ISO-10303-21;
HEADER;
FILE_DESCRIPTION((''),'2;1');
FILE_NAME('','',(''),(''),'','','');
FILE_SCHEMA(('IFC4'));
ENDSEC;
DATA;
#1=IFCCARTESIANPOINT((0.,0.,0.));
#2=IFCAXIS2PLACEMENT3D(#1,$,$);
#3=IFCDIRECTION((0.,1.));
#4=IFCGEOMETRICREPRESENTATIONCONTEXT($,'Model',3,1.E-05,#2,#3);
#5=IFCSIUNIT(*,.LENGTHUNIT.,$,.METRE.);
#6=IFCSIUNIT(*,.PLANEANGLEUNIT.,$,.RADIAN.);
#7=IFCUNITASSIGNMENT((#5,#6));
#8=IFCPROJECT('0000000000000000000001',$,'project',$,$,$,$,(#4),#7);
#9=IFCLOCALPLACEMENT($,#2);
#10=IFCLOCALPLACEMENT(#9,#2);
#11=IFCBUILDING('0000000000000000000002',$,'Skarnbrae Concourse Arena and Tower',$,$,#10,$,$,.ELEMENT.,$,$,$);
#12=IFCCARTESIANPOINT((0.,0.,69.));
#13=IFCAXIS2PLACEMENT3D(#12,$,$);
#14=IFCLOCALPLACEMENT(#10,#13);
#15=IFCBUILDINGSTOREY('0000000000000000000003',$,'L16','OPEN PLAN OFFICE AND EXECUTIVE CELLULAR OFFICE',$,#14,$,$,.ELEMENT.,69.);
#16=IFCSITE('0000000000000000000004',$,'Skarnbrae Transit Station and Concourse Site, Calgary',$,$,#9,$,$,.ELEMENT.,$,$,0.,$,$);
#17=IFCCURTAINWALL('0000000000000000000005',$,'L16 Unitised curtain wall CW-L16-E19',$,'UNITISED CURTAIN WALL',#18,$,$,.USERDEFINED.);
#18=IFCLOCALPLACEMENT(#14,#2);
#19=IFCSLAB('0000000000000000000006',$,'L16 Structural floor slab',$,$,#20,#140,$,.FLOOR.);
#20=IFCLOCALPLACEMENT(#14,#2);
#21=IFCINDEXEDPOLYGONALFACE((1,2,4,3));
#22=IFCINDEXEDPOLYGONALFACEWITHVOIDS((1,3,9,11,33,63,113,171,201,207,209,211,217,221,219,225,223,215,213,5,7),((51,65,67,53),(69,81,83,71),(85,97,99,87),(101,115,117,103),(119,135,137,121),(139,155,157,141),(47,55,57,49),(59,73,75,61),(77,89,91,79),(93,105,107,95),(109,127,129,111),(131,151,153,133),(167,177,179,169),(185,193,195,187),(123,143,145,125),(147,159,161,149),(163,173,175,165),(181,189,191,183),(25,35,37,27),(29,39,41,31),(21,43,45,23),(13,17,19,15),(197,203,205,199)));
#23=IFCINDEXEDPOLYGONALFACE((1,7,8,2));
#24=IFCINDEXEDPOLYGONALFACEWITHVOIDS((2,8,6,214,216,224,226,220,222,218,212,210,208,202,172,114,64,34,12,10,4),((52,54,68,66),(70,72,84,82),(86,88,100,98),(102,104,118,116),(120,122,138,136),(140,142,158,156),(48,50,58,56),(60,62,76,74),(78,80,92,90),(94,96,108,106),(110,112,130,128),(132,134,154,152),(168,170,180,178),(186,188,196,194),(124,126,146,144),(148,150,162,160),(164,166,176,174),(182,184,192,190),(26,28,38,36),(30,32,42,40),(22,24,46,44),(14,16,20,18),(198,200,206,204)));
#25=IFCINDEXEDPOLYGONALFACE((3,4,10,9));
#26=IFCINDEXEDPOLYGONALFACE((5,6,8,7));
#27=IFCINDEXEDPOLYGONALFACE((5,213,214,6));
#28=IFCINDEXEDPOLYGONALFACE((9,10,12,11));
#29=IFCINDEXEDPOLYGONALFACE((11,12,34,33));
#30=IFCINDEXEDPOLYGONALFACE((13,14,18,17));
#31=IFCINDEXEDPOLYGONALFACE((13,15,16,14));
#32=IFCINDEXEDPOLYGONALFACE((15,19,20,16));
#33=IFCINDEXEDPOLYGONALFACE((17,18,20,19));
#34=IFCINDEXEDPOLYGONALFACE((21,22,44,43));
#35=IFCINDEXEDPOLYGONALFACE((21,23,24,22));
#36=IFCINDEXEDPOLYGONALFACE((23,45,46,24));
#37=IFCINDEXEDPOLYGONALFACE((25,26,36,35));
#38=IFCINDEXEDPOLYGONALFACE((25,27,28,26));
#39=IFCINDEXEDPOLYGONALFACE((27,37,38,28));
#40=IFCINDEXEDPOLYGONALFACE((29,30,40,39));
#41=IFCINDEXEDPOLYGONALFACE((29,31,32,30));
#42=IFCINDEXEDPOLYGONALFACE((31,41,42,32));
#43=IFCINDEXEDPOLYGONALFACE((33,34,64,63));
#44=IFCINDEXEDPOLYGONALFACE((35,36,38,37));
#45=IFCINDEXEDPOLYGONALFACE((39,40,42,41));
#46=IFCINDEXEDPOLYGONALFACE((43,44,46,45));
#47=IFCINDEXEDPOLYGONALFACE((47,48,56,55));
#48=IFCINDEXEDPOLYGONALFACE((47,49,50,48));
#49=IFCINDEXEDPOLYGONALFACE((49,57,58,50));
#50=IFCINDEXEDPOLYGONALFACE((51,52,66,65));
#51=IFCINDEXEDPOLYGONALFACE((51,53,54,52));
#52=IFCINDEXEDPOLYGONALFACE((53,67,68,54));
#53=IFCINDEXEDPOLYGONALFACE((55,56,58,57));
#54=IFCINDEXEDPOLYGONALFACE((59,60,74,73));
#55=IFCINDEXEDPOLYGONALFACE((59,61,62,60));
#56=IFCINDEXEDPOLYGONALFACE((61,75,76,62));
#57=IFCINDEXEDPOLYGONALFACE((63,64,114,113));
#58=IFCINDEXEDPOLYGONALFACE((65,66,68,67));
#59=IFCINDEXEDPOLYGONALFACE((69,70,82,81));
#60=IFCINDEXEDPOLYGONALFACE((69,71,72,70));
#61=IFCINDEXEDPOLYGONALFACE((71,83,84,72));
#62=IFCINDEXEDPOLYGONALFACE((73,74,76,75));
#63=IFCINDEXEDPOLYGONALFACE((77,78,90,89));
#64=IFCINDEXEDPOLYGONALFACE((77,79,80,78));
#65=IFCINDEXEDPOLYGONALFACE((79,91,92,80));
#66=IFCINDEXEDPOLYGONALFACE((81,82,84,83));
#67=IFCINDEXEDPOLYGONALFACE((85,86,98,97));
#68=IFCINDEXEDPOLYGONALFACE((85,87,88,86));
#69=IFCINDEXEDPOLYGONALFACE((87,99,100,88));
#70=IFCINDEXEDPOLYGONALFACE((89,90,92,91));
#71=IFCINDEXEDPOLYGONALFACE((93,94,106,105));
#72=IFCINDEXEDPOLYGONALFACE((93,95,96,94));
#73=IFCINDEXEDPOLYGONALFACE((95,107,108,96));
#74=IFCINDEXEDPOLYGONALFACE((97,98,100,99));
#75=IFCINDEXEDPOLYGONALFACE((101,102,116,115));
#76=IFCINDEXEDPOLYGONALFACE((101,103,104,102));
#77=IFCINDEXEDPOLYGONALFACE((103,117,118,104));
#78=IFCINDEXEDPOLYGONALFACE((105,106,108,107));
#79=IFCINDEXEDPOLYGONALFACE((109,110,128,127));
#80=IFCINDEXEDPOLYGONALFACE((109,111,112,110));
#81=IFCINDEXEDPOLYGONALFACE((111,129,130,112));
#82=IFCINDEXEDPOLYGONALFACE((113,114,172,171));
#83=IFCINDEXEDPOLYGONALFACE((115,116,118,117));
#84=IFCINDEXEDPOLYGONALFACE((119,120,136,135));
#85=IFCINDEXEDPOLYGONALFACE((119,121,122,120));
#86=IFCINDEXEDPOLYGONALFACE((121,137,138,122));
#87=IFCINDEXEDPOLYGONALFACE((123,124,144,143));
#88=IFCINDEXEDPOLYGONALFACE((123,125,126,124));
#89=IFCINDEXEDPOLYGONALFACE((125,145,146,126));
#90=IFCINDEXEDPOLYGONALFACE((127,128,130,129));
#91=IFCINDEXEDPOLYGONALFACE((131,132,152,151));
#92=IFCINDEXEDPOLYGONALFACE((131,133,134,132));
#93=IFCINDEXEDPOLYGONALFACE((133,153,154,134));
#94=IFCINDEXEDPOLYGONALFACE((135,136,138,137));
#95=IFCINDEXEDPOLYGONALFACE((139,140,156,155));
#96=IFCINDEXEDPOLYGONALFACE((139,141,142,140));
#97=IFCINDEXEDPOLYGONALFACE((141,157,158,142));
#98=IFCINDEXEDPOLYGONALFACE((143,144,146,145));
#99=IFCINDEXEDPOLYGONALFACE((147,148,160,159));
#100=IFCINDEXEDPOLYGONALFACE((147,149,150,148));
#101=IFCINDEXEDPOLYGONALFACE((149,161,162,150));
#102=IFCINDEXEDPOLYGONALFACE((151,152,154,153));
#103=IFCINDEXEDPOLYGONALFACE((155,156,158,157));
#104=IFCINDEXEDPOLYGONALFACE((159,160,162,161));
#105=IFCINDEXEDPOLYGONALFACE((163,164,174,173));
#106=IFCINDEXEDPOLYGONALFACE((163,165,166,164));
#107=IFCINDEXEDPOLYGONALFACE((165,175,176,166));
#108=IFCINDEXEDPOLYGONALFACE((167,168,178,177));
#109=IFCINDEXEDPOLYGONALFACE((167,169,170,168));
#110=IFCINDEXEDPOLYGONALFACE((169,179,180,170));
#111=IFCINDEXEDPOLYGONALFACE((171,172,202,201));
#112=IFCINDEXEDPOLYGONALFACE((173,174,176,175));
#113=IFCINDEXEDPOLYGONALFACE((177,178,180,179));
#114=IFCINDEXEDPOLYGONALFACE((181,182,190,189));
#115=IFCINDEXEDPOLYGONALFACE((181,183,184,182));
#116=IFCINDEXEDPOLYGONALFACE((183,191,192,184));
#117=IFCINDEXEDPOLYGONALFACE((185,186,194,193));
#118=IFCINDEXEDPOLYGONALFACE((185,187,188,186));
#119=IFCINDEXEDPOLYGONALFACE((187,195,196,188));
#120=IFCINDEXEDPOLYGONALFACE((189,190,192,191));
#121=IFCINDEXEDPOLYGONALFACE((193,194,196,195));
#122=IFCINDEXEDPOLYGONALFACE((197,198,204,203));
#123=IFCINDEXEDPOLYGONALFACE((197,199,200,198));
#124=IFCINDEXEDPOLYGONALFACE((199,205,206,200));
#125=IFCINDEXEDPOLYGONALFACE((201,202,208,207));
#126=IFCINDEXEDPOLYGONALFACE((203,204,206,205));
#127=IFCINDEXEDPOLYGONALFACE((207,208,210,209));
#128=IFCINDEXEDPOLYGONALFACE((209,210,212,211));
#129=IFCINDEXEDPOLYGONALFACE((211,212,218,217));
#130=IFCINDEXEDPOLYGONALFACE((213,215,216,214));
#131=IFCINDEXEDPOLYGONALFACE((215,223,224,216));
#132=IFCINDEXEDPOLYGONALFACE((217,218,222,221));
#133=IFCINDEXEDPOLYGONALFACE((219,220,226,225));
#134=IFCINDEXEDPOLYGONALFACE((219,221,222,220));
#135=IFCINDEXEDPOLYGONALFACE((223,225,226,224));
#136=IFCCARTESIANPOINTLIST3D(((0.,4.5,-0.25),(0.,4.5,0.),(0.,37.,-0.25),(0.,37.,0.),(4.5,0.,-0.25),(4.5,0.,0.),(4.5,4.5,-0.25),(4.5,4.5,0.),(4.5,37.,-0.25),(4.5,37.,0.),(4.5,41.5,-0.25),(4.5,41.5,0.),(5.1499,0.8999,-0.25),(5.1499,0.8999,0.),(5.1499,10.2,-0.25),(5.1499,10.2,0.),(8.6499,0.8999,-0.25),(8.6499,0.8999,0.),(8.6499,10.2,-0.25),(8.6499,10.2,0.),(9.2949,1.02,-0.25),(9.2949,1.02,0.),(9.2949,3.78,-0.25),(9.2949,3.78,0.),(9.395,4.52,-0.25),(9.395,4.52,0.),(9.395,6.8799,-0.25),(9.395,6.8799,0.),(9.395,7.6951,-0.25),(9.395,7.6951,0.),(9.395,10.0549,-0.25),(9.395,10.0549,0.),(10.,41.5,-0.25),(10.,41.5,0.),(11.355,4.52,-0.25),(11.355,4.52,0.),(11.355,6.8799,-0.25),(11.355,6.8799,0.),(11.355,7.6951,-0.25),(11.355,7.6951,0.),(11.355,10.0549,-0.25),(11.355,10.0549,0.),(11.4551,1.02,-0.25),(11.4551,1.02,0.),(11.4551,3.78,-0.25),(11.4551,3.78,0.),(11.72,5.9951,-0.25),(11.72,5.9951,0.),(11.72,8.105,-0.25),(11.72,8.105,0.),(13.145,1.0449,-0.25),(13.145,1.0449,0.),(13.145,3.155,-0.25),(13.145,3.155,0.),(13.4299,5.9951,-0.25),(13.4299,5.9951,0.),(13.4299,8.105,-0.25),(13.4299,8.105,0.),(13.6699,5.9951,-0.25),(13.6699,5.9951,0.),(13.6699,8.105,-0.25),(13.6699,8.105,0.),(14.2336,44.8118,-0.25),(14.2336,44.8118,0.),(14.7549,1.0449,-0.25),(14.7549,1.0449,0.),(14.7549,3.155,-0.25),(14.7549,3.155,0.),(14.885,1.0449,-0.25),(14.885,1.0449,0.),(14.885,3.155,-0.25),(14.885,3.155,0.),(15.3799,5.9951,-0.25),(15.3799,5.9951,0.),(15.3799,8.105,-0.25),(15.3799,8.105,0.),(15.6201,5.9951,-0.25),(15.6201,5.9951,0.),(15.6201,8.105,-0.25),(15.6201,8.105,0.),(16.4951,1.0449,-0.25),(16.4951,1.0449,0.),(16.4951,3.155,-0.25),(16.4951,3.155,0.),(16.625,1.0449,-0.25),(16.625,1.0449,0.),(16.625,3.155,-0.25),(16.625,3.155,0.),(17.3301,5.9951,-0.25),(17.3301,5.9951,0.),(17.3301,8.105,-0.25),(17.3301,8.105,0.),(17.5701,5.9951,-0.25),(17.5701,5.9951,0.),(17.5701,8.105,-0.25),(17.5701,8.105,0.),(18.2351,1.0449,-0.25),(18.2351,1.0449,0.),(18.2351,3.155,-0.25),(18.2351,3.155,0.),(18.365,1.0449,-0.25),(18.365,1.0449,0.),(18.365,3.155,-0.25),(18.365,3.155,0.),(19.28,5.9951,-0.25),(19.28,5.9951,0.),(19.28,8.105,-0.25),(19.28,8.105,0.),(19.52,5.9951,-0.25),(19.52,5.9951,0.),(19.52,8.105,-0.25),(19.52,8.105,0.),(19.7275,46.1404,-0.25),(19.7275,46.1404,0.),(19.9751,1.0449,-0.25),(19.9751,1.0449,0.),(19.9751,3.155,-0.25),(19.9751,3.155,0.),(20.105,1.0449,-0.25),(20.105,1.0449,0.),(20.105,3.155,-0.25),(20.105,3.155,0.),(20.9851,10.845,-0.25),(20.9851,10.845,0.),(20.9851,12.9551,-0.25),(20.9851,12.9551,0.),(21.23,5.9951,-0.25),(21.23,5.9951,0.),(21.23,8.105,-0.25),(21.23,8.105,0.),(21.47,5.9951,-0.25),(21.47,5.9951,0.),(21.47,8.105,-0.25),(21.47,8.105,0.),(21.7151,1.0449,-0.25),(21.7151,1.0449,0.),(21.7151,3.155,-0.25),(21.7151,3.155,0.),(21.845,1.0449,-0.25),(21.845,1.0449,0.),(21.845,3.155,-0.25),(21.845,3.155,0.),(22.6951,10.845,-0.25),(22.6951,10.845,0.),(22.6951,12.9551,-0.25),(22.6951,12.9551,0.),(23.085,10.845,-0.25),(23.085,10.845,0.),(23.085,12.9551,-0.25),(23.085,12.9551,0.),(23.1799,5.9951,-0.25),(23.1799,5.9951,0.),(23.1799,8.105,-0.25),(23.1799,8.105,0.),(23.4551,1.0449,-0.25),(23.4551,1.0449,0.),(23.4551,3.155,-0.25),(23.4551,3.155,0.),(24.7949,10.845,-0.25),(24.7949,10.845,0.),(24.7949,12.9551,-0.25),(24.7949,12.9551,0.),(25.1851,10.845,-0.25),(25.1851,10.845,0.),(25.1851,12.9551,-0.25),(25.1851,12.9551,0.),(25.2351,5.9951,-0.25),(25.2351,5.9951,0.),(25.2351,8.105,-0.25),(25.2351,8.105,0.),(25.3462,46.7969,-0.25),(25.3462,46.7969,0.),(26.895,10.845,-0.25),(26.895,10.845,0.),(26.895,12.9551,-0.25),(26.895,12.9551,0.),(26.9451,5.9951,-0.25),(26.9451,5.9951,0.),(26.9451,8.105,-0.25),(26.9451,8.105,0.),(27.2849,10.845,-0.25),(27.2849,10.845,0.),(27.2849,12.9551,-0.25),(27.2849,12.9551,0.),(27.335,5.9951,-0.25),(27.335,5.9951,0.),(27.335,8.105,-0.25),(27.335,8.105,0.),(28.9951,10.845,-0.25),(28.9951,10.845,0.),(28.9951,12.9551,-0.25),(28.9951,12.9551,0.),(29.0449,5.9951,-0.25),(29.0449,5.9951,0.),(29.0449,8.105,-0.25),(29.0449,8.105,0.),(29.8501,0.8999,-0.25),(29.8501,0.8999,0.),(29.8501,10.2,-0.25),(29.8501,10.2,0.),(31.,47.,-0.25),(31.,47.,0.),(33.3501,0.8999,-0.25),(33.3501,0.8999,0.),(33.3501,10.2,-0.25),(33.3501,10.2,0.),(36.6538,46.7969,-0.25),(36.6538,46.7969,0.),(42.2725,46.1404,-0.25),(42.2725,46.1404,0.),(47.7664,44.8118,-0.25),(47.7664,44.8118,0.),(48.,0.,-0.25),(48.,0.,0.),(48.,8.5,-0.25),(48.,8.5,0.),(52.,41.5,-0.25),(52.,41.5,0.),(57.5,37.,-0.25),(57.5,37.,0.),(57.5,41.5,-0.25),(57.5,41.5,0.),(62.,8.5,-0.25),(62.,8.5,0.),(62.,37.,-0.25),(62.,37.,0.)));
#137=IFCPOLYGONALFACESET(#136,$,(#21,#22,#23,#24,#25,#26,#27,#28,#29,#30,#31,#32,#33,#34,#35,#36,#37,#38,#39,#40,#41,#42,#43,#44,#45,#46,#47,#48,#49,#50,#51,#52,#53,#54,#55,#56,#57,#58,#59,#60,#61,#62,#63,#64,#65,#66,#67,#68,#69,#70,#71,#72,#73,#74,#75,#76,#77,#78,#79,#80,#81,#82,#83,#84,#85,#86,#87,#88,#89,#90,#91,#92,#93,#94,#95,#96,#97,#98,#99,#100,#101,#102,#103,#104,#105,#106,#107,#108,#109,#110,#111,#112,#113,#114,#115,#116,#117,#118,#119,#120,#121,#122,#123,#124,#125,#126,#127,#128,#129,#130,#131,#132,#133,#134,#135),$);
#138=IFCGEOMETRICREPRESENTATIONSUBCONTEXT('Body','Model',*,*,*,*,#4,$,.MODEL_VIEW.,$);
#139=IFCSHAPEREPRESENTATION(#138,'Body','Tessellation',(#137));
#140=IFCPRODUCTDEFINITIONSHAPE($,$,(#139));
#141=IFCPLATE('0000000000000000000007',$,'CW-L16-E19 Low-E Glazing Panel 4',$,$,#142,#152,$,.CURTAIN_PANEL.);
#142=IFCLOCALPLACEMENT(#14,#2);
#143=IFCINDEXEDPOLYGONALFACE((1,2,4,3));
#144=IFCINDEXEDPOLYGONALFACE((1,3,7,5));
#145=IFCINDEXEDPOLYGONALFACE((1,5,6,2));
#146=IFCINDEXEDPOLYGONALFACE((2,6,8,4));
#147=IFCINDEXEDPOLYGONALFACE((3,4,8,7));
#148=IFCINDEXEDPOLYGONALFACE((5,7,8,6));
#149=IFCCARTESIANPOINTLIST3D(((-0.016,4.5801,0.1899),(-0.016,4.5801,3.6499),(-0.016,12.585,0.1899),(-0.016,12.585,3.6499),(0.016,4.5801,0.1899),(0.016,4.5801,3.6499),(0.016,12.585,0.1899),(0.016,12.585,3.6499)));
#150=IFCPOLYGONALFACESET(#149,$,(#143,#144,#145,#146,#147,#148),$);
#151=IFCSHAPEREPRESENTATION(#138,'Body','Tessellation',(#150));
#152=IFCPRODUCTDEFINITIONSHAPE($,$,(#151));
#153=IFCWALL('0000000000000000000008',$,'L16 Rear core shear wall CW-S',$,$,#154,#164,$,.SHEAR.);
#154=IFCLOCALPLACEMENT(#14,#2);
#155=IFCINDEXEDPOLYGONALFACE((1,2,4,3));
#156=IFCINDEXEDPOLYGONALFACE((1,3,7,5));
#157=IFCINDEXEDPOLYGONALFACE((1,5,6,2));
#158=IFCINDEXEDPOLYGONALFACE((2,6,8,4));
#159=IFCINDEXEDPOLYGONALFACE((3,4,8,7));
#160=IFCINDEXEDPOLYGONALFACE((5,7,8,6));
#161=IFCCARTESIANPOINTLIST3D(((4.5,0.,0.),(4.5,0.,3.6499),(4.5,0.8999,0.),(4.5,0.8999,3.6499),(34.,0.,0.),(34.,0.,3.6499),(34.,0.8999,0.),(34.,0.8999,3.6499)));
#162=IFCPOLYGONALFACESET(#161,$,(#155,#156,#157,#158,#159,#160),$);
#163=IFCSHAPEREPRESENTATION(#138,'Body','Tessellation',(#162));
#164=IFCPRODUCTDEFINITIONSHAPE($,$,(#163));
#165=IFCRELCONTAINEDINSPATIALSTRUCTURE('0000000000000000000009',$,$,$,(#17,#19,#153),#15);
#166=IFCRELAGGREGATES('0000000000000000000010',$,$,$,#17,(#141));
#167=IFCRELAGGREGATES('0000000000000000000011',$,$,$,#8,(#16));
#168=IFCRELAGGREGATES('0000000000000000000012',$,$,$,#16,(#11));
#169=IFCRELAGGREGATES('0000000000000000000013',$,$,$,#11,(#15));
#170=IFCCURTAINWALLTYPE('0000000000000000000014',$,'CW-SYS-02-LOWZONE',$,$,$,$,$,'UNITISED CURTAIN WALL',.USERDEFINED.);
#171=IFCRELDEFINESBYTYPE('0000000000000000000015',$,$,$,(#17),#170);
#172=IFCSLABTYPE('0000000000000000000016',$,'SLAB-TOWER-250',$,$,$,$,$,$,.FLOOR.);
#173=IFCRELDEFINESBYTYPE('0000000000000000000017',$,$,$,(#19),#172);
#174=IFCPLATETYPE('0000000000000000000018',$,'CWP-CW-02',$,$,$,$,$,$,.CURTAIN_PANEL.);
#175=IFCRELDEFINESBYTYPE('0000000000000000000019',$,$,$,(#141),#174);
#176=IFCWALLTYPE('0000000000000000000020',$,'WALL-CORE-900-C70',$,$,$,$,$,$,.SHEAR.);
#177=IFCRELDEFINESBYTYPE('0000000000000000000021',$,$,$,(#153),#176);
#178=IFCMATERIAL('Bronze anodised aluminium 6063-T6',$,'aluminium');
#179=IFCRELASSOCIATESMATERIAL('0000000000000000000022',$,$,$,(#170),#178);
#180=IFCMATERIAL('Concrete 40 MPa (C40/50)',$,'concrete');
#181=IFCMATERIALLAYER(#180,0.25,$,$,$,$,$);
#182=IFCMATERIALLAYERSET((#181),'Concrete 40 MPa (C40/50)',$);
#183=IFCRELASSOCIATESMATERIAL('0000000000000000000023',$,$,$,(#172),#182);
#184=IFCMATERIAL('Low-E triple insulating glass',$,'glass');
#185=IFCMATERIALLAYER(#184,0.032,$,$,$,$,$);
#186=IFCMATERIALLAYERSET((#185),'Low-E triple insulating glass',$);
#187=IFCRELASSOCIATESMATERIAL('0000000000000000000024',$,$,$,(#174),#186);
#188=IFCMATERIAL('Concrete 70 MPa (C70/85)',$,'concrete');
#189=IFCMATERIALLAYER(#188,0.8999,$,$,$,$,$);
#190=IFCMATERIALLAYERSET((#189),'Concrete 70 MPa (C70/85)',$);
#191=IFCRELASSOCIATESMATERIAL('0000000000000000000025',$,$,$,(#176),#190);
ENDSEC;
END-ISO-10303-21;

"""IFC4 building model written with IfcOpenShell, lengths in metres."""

from ifc_helpers import new_model, si_unit, direction, frame, frame_2d, origin, origin_2d, place, context, subcontext, project, spatial, polyline, rectangle, outline, extrude, source, transform, mapped, material, layer, layer_set, type_object, element, aggregate, save


model = new_model("IFC4")

# Units and contexts
model_context = context("Model", 3, precision=1e-05, world=origin(), true_north=direction((0.0, 1.0)))
body_context = subcontext(model_context, "Body", "Model", "MODEL_VIEW")
ifc_project = project(units=[si_unit("LENGTHUNIT", "METRE"), si_unit("PLANEANGLEUNIT", "RADIAN")], contexts=[model_context])

# Site, building, storey
site_placement = place(None, origin())
site = spatial("IfcSite", under=ifc_project, at=site_placement, Name="Skarnbrae Transit Station and Concourse Site, Calgary", CompositionType="ELEMENT", RefElevation=0.0)
building_placement = place(site_placement, origin())
building = spatial("IfcBuilding", under=site, at=building_placement, Name="Skarnbrae Concourse Arena and Tower", CompositionType="ELEMENT")
storey_placement = place(building_placement, frame((0.0, 0.0, 69.0)))
storey = spatial("IfcBuildingStorey", under=building, at=storey_placement, Name="L16", Description="OPEN PLAN OFFICE AND EXECUTIVE CELLULAR OFFICE", CompositionType="ELEMENT", Elevation=69.0)

# Curtain wall
ifc_material_1 = material(Name="Bronze anodised aluminium 6063-T6", Category="aluminium")
curtain_wall_type = type_object("IfcCurtainWallType", Name="CW-SYS-02-LOWZONE", ElementType="UNITISED CURTAIN WALL", PredefinedType="USERDEFINED", material=ifc_material_1)
curtain_wall_placement = place(storey_placement, origin())
curtain_wall = element("IfcCurtainWall", 1, at=curtain_wall_placement, inside=storey, type_object=curtain_wall_type, Name="L16 Unitised curtain wall CW-L16-E19", ObjectType="UNITISED CURTAIN WALL", PredefinedType="USERDEFINED")

# Shared definitions
ifc_material_2 = material(Name="Concrete 40 MPa (C40/50)", Category="concrete")

# Slab
ifc_layer_1 = layer(ifc_material_2, 0.25)
ifc_layer_set_1 = layer_set([ifc_layer_1], Name="Concrete 40 MPa (C40/50)")
slab_type_1 = type_object("IfcSlabType", Name="SLAB-TOWER-250", PredefinedType="FLOOR", material=ifc_layer_set_1)
slab_1_placement = place(storey_placement, frame((0.0, 0.0, -0.25)))
element("IfcSlab", 2, at=slab_1_placement, inside=storey, type_object=slab_type_1, Name="L16 Structural floor slab", PredefinedType="FLOOR", context=body_context, shape_type="SweptSolid", body=[
    extrude(outline(polyline([(4.5, 0.0), (48.0, 0.0), (48.0, 8.5), (62.0, 8.5), (62.0, 37.0), (57.5, 37.0), (57.5, 41.5), (52.0, 41.5), (47.7664, 44.8118), (42.2725, 46.1404), (36.6538, 46.7969), (31.0, 47.0), (25.3462, 46.7969), (19.7275, 46.1404), (14.2336, 44.8118), (10.0, 41.5), (4.5, 41.5), (4.5, 37.0), (0.0, 37.0), (0.0, 4.5), (4.5, 4.5), (4.5, 0.0)]), holes=[polyline([(13.145, 3.155), (14.7549, 3.155), (14.7549, 1.0449), (13.145, 1.0449), (13.145, 3.155)]), polyline([(16.4951, 3.155), (16.4951, 1.0449), (14.885, 1.0449), (14.885, 3.155), (16.4951, 3.155)]), polyline([(18.2351, 3.155), (18.2351, 1.0449), (16.625, 1.0449), (16.625, 3.155), (18.2351, 3.155)]), polyline([(18.365, 3.155), (19.9751, 3.155), (19.9751, 1.0449), (18.365, 1.0449), (18.365, 3.155)]), polyline([(11.4551, 3.78), (11.4551, 1.02), (9.2949, 1.02), (9.2949, 3.78), (11.4551, 3.78)]), polyline([(8.6499, 0.8999), (5.1499, 0.8999), (5.1499, 10.2), (8.6499, 10.2), (8.6499, 0.8999)]), polyline([(9.395, 6.8799), (11.355, 6.8799), (11.355, 4.52), (9.395, 4.52), (9.395, 6.8799)]), polyline([(13.4299, 8.105), (13.4299, 5.9951), (11.72, 5.9951), (11.72, 8.105), (13.4299, 8.105)]), polyline([(15.3799, 8.105), (15.3799, 5.9951), (13.6699, 5.9951), (13.6699, 8.105), (15.3799, 8.105)]), polyline([(15.6201, 8.105), (17.3301, 8.105), (17.3301, 5.9951), (15.6201, 5.9951), (15.6201, 8.105)]), polyline([(19.28, 8.105), (19.28, 5.9951), (17.5701, 5.9951), (17.5701, 8.105), (19.28, 8.105)]), polyline([(11.355, 10.0549), (11.355, 7.6951), (9.395, 7.6951), (9.395, 10.0549), (11.355, 10.0549)]), polyline([(21.7151, 3.155), (21.7151, 1.0449), (20.105, 1.0449), (20.105, 3.155), (21.7151, 3.155)]), polyline([(23.4551, 3.155), (23.4551, 1.0449), (21.845, 1.0449), (21.845, 3.155), (23.4551, 3.155)]), polyline([(33.3501, 10.2), (33.3501, 0.8999), (29.8501, 0.8999), (29.8501, 10.2), (33.3501, 10.2)]), polyline([(21.23, 8.105), (21.23, 5.9951), (19.52, 5.9951), (19.52, 8.105), (21.23, 8.105)]), polyline([(23.1799, 8.105), (23.1799, 5.9951), (21.47, 5.9951), (21.47, 8.105), (23.1799, 8.105)]), polyline([(25.2351, 8.105), (26.9451, 8.105), (26.9451, 5.9951), (25.2351, 5.9951), (25.2351, 8.105)]), polyline([(29.0449, 8.105), (29.0449, 5.9951), (27.335, 5.9951), (27.335, 8.105), (29.0449, 8.105)]), polyline([(22.6951, 12.9551), (22.6951, 10.845), (20.9851, 10.845), (20.9851, 12.9551), (22.6951, 12.9551)]), polyline([(23.085, 12.9551), (24.7949, 12.9551), (24.7949, 10.845), (23.085, 10.845), (23.085, 12.9551)]), polyline([(26.895, 12.9551), (26.895, 10.845), (25.1851, 10.845), (25.1851, 12.9551), (26.895, 12.9551)]), polyline([(28.9951, 12.9551), (28.9951, 10.845), (27.2849, 10.845), (27.2849, 12.9551), (28.9951, 12.9551)])]), origin(), (0.0, 0.0, 1.0), 0.25),
])

# Plate
ifc_material_3 = material(Name="Low-E triple insulating glass", Category="glass")
ifc_layer_2 = layer(ifc_material_3, 0.032)
ifc_layer_set_2 = layer_set([ifc_layer_2], Name="Low-E triple insulating glass")
plate_type = type_object("IfcPlateType", Name="CWP-CW-02", PredefinedType="CURTAIN_PANEL", material=ifc_layer_set_2)
shared_shape_1 = source(origin(), body_context, "Body", "SweptSolid", [
    extrude(rectangle(XDim=8.0049, YDim=0.032, at=origin_2d()), origin(), (0.0, 0.0, 1.0), 3.46),
])
plate_placement = place(storey_placement, frame((0.0, 8.5825, 0.1899), z_axis=(0.0, 0.0, 1.0), x_axis=(0.0, -1.0, 0.0)))
plate = element("IfcPlate", 3, at=plate_placement, type_object=plate_type, Name="CW-L16-E19 Low-E Glazing Panel 4", PredefinedType="CURTAIN_PANEL", context=body_context, shape_type="MappedRepresentation", body=[
    mapped(shared_shape_1, transform((0.0, 0.0, 0.0))),
])
aggregate(curtain_wall, [plate])

# Wall
ifc_material_4 = material(Name="Concrete 70 MPa (C70/85)", Category="concrete")
ifc_layer_3 = layer(ifc_material_4, 0.8999)
ifc_layer_set_3 = layer_set([ifc_layer_3], Name="Concrete 70 MPa (C70/85)")
wall_type_1 = type_object("IfcWallType", Name="WALL-CORE-900-C70", PredefinedType="SHEAR", material=ifc_layer_set_3)
shared_shape_2 = source(origin(), body_context, "Body", "SweptSolid", [
    extrude(rectangle(XDim=29.5, YDim=0.8999, at=frame_2d((14.75, 0.0))), origin(), (0.0, 0.0, 1.0), 3.6499),
])
wall_1_placement = place(storey_placement, frame((4.5, 0.45, 0.0), z_axis=(0.0, 0.0, 1.0), x_axis=(1.0, 0.0, 0.0)))
element("IfcWall", 4, at=wall_1_placement, inside=storey, type_object=wall_type_1, Name="L16 Rear core shear wall CW-S", PredefinedType="SHEAR", context=body_context, shape_type="MappedRepresentation", body=[
    mapped(shared_shape_2, transform((0.0, 0.0, 0.0))),
])

save(model, "model.ifc")
